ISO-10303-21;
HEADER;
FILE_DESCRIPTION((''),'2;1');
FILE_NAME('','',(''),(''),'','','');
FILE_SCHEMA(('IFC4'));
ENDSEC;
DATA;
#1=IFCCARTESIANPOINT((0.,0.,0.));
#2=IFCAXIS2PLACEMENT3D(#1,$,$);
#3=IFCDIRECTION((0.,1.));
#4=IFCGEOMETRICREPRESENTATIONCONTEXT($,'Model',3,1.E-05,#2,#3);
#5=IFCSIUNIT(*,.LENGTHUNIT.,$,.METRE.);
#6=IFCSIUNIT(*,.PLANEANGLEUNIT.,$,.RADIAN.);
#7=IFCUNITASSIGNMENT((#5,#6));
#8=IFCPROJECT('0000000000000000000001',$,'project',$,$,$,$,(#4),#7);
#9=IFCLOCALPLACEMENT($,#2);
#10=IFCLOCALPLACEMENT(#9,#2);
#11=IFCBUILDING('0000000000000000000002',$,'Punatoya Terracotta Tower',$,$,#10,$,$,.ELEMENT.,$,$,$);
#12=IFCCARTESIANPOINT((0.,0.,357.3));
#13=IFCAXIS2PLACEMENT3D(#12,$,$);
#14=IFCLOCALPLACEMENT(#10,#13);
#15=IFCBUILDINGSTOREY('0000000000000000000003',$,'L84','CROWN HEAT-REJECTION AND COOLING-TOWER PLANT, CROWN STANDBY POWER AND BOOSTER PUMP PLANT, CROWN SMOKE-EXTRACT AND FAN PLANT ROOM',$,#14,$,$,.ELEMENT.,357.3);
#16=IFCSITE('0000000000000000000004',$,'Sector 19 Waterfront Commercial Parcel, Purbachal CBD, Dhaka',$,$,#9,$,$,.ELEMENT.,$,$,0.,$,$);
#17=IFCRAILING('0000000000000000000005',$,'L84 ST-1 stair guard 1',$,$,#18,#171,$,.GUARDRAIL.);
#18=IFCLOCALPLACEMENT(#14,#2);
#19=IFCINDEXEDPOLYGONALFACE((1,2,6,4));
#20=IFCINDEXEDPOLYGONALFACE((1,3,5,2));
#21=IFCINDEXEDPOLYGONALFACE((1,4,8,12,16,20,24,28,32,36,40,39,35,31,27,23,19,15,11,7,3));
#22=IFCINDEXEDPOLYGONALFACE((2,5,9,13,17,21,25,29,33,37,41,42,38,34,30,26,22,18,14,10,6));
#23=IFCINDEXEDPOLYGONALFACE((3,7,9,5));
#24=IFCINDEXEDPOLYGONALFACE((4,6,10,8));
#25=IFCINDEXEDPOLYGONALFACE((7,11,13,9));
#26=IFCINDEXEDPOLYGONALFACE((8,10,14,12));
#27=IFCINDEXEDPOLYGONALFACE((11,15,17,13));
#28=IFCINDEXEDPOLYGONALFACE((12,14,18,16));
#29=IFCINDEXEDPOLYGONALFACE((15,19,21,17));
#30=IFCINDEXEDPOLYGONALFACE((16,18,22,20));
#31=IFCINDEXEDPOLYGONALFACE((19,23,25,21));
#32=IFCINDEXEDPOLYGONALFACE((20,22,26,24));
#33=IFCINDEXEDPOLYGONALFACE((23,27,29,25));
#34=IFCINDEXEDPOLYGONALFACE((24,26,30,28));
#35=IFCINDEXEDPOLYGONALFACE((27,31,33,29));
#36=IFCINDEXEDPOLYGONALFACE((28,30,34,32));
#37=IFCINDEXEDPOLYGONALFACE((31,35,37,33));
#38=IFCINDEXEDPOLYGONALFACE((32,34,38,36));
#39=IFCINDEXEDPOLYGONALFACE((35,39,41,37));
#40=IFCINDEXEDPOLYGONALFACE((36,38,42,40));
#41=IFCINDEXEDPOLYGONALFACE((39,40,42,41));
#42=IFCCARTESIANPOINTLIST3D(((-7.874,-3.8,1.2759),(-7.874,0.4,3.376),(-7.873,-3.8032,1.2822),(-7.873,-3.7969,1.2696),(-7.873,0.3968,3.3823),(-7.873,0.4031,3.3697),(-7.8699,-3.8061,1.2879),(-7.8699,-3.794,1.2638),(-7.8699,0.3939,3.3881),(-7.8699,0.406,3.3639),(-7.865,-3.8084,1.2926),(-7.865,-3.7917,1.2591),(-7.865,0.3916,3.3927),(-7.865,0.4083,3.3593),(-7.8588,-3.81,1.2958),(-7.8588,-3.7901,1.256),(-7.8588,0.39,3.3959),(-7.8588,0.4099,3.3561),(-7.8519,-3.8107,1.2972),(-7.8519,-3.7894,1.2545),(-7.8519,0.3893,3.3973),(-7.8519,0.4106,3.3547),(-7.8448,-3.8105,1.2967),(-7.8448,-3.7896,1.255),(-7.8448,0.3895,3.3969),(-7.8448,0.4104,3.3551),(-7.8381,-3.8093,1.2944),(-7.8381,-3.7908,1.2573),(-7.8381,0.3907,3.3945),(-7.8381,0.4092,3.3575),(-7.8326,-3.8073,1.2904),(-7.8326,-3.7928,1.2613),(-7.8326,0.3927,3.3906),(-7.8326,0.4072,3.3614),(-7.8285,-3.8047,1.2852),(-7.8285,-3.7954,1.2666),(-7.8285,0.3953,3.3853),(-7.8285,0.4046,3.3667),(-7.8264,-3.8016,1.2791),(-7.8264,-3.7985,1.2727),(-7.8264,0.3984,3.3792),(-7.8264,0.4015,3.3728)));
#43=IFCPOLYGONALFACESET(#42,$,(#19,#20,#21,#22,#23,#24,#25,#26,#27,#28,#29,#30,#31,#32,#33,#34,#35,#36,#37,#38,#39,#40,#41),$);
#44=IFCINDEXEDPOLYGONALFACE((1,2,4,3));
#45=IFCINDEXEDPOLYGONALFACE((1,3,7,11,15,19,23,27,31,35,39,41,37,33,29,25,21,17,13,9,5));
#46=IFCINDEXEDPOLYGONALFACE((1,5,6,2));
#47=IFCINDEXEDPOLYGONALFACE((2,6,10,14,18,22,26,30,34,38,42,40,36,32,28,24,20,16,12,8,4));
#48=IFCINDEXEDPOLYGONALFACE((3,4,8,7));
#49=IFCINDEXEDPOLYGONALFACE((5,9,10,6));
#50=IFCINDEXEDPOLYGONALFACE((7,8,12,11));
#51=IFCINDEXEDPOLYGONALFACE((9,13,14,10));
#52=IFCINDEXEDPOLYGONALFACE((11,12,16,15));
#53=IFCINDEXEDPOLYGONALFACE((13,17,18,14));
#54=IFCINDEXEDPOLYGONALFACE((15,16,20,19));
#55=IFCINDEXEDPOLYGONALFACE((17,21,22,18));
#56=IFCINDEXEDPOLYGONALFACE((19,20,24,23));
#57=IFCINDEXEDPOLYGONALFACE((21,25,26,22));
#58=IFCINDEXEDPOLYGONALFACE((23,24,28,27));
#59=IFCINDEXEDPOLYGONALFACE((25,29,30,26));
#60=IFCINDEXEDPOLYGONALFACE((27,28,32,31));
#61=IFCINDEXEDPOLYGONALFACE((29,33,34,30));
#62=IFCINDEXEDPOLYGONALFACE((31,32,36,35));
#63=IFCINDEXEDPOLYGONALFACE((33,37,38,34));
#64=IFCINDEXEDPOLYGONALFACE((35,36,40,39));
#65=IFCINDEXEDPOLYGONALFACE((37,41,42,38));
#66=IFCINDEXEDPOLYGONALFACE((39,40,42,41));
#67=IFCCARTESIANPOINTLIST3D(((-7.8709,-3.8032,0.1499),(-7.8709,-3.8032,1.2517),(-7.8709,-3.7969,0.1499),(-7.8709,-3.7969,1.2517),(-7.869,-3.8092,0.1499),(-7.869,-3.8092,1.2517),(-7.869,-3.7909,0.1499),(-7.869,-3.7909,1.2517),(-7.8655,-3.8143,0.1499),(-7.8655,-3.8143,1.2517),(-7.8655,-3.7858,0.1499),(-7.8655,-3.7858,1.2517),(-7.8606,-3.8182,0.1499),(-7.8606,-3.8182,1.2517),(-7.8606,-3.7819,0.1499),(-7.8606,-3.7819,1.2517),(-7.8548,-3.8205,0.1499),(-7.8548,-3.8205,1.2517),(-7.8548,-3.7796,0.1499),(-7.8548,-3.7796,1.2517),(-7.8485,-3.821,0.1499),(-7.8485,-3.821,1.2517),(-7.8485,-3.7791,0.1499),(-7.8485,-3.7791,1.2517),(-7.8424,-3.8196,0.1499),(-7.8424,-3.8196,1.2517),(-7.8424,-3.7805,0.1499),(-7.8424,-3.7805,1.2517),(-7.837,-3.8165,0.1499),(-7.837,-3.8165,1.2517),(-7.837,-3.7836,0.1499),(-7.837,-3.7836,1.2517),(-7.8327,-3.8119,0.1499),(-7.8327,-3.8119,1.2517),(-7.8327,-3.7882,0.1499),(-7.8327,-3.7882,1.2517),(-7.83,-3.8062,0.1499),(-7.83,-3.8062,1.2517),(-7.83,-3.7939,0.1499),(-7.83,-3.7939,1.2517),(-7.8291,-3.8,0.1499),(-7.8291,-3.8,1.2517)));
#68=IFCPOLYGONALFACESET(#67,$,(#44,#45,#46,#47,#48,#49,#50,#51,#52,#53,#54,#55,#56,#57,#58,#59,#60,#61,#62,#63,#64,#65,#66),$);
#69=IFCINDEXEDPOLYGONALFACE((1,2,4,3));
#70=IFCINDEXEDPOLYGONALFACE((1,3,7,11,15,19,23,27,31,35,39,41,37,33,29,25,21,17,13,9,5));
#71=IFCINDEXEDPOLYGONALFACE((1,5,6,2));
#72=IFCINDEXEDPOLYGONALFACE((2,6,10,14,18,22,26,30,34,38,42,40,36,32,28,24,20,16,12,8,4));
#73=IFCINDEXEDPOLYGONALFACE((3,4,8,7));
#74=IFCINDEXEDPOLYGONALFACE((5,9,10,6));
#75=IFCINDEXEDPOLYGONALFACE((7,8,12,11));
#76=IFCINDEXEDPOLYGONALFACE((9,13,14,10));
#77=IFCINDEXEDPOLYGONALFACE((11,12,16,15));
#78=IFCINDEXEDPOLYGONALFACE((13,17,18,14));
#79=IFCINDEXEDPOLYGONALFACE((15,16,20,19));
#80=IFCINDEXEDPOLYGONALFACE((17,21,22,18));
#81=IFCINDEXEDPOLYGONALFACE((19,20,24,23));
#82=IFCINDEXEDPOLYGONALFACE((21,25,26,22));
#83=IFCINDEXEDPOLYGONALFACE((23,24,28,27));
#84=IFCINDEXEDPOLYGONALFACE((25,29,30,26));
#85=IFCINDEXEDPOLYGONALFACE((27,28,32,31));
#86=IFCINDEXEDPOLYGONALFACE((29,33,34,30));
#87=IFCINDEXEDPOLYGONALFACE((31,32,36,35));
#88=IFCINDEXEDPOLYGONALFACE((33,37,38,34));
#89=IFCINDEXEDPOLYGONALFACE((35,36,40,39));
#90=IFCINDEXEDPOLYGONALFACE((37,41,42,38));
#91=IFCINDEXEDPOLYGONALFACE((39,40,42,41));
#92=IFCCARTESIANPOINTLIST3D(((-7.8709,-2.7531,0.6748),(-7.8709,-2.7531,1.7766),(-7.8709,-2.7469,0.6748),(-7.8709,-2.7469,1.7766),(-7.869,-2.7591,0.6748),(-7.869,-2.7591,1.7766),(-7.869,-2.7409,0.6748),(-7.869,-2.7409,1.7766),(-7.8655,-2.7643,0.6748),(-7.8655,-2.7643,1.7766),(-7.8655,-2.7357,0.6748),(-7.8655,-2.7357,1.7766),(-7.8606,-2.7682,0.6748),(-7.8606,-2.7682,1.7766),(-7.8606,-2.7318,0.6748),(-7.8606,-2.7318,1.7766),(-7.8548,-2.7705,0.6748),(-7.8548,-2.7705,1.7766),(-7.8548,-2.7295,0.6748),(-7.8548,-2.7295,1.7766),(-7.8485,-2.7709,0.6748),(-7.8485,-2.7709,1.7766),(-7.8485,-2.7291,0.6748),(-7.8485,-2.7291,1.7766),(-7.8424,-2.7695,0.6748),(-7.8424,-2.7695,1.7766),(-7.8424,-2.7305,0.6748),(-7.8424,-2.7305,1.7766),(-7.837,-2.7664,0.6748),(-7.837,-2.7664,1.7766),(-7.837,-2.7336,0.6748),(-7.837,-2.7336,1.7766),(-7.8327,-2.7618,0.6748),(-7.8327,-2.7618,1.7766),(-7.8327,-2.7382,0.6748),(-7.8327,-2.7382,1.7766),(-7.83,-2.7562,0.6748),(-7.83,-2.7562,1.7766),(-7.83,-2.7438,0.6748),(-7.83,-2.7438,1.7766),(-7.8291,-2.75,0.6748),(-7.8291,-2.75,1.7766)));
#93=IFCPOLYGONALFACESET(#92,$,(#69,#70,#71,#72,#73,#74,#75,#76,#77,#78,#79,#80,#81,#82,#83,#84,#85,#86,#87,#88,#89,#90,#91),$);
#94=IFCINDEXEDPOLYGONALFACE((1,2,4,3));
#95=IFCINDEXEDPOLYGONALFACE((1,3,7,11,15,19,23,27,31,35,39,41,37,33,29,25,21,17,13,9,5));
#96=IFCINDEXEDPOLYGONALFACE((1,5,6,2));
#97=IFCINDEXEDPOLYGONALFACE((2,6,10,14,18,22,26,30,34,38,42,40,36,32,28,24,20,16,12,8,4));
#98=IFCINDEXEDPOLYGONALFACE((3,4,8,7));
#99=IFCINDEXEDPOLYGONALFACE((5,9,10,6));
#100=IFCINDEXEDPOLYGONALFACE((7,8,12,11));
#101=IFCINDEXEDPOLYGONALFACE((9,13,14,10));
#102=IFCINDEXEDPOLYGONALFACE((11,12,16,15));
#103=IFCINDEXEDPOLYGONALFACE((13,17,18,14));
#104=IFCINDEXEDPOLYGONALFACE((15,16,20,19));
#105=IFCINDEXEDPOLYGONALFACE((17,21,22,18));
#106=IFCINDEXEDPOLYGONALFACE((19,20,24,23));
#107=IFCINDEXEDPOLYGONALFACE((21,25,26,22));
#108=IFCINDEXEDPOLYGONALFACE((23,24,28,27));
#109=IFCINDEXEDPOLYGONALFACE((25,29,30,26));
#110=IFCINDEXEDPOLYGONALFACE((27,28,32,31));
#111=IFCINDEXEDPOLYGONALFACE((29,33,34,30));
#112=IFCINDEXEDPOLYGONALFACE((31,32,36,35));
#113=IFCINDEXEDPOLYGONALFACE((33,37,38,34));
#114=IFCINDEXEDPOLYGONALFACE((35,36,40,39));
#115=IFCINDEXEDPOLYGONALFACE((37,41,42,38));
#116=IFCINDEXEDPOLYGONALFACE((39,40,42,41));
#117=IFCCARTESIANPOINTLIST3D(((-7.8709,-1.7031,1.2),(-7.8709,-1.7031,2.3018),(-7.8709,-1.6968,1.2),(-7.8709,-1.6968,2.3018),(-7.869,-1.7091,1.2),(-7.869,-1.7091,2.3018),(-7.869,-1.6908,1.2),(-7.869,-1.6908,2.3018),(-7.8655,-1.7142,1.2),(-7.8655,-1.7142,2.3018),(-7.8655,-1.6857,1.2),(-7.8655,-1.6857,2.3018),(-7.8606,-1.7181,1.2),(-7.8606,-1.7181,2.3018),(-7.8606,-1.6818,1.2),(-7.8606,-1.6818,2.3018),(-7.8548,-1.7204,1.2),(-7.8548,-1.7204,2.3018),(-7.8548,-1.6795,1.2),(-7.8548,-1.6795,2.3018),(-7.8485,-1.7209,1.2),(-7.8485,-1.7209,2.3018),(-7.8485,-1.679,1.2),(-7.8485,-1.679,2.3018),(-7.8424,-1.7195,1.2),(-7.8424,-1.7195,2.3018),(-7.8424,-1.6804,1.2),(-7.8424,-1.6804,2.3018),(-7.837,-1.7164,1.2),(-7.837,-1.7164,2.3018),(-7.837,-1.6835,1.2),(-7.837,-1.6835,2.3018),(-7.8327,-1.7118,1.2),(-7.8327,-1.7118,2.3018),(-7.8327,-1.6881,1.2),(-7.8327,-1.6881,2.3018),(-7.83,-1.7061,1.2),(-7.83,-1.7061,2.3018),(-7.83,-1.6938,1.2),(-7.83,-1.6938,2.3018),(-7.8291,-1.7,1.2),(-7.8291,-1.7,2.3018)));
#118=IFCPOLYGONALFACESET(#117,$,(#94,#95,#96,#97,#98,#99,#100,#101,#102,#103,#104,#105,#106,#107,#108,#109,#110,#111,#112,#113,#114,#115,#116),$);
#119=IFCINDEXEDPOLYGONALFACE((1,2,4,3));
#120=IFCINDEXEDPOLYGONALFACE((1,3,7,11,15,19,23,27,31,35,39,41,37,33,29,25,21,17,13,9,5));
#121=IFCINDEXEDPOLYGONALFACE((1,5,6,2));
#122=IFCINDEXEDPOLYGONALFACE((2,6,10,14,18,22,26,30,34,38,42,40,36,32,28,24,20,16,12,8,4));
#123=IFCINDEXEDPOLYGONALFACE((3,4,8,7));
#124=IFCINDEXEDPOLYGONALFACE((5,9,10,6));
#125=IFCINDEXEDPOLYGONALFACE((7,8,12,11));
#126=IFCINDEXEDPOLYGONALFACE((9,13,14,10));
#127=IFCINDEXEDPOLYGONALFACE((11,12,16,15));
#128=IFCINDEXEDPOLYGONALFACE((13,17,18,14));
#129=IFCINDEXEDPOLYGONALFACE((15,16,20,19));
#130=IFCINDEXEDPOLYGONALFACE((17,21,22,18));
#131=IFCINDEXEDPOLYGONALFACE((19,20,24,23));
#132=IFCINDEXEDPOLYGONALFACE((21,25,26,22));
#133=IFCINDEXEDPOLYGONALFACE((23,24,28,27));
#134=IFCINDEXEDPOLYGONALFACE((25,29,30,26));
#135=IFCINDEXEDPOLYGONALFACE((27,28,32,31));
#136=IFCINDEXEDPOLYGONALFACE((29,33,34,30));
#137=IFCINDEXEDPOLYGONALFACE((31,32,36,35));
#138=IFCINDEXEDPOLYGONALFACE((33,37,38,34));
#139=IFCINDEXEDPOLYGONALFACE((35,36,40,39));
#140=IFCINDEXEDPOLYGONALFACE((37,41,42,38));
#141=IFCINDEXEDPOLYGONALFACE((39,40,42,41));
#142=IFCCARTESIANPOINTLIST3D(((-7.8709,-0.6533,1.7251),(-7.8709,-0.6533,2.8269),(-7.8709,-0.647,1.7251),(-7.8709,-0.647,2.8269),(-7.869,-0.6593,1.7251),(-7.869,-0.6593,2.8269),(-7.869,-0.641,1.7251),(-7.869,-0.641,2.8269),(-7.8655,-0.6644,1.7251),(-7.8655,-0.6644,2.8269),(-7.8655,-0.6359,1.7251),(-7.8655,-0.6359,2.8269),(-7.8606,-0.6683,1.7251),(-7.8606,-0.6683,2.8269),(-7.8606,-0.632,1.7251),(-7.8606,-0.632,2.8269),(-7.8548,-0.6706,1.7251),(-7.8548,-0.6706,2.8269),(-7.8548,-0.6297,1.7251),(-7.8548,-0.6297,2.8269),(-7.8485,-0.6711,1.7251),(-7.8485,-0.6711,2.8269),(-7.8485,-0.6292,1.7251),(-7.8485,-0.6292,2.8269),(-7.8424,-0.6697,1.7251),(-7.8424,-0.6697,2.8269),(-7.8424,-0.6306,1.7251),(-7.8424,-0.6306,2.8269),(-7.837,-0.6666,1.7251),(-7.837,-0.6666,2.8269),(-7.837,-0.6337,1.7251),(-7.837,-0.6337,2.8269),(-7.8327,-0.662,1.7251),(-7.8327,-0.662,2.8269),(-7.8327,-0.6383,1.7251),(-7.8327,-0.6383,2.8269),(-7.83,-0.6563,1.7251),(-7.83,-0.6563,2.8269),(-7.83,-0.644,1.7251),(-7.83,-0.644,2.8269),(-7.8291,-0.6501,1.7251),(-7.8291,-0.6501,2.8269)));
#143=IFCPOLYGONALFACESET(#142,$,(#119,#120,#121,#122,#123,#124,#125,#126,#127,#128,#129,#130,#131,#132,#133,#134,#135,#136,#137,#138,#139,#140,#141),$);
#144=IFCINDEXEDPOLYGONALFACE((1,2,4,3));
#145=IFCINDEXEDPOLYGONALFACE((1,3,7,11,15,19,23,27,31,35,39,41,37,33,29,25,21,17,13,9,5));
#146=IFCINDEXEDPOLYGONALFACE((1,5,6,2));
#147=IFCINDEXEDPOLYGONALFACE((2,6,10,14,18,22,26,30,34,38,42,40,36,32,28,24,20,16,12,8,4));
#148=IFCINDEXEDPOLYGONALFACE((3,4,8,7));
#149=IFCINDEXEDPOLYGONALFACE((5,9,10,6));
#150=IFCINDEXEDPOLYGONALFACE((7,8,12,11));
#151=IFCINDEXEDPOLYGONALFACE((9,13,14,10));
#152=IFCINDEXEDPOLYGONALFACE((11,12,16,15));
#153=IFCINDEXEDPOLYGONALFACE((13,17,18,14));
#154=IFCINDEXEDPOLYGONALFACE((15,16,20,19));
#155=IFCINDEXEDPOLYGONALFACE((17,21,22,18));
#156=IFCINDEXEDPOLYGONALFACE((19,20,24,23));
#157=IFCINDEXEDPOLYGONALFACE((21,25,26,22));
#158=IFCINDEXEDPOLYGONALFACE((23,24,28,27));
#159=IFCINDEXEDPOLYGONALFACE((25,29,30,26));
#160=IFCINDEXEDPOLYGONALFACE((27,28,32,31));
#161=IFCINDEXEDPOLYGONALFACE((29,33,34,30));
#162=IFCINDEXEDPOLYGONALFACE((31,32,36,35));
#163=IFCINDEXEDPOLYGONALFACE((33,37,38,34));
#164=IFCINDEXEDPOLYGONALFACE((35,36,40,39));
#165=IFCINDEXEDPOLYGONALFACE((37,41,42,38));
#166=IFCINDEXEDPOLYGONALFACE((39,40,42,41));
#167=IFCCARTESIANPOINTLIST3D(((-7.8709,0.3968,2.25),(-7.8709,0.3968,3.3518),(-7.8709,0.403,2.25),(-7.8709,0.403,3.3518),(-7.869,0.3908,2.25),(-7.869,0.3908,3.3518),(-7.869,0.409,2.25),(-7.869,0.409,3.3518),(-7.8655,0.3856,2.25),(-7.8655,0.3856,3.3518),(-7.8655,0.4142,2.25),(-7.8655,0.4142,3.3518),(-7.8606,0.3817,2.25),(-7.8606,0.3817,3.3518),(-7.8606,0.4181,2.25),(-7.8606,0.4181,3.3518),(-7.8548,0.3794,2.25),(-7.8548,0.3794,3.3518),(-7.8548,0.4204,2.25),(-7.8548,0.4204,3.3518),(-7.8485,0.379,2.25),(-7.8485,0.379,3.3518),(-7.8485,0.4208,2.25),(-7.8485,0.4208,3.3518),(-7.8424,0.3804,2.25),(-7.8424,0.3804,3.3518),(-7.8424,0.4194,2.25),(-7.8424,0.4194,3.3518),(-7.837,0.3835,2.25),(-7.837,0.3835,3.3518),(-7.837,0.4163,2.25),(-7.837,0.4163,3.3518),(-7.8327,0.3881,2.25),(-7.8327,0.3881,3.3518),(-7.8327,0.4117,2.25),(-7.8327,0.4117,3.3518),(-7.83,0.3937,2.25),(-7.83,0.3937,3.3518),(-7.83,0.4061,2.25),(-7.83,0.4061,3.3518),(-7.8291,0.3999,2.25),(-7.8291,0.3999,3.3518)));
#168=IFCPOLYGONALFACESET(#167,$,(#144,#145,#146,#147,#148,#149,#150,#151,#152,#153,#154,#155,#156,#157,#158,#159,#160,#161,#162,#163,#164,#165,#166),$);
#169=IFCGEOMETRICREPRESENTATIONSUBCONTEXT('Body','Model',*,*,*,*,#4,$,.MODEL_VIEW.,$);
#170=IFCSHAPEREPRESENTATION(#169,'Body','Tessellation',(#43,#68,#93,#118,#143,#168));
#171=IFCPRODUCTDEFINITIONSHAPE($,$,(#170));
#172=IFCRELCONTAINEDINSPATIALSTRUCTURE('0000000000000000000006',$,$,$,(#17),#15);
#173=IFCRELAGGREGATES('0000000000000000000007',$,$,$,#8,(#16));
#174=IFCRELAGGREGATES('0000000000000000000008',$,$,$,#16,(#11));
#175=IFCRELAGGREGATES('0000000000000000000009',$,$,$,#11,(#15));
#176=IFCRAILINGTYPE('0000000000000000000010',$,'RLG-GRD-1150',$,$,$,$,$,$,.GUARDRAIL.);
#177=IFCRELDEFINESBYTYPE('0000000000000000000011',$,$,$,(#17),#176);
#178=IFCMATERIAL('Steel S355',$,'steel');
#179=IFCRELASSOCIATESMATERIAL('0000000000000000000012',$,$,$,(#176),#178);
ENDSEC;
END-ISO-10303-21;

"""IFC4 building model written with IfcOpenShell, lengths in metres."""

from ifc_helpers import new_model, si_unit, direction, frame, origin, origin_2d, place, context, subcontext, project, spatial, circle, extrude, material, type_object, element, save


model = new_model("IFC4")

# Units and contexts
model_context = context("Model", 3, precision=1e-05, world=origin(), true_north=direction((0.0, 1.0)))
body_context = subcontext(model_context, "Body", "Model", "MODEL_VIEW")
ifc_project = project(units=[si_unit("LENGTHUNIT", "METRE"), si_unit("PLANEANGLEUNIT", "RADIAN")], contexts=[model_context])

# Site, building, storey
site_placement = place(None, origin())
site = spatial("IfcSite", under=ifc_project, at=site_placement, Name="Sector 19 Waterfront Commercial Parcel, Purbachal CBD, Dhaka", CompositionType="ELEMENT", RefElevation=0.0)
building_placement = place(site_placement, origin())
building = spatial("IfcBuilding", under=site, at=building_placement, Name="Punatoya Terracotta Tower", CompositionType="ELEMENT")
storey_placement = place(building_placement, frame((0.0, 0.0, 357.3)))
storey = spatial("IfcBuildingStorey", under=building, at=storey_placement, Name="L84", Description="CROWN HEAT-REJECTION AND COOLING-TOWER PLANT, CROWN STANDBY POWER AND BOOSTER PUMP PLANT, CROWN SMOKE-EXTRACT AND FAN PLANT ROOM", CompositionType="ELEMENT", Elevation=357.3)

# Railing
ifc_material_1 = material(Name="Steel S355", Category="steel")
railing_type_1 = type_object("IfcRailingType", Name="RLG-GRD-1150", PredefinedType="GUARDRAIL", material=ifc_material_1)
railing_1_placement = place(storey_placement, frame((-7.8501, -3.8, 0.1499)))
element("IfcRailing", 1, at=railing_1_placement, inside=storey, type_object=railing_type_1, Name="L84 ST-1 stair guard 1", PredefinedType="GUARDRAIL", context=body_context, shape_type="SweptSolid", body=[
    extrude(circle(Radius=0.0239, at=origin_2d()), frame((0.0, 0.0, 1.126), z_axis=(0.0, 0.894417, 0.447234), x_axis=(-1.0, 0.0, 0.0)), (0.0, 0.0, 1.0), 4.6958),
    extrude(circle(Radius=0.021, at=origin_2d()), origin(), (0.0, 0.0, 1.0), 1.1018),
    extrude(circle(Radius=0.021, at=origin_2d()), frame((0.0, 1.05, 0.5249)), (0.0, 0.0, 1.0), 1.1018),
    extrude(circle(Radius=0.021, at=origin_2d()), frame((0.0, 2.1001, 1.05)), (0.0, 0.0, 1.0), 1.1018),
    extrude(circle(Radius=0.021, at=origin_2d()), frame((0.0, 3.1499, 1.5752)), (0.0, 0.0, 1.0), 1.1018),
    extrude(circle(Radius=0.021, at=origin_2d()), frame((0.0, 4.2, 2.1001)), (0.0, 0.0, 1.0), 1.1018),
])

save(model, "model.ifc")
